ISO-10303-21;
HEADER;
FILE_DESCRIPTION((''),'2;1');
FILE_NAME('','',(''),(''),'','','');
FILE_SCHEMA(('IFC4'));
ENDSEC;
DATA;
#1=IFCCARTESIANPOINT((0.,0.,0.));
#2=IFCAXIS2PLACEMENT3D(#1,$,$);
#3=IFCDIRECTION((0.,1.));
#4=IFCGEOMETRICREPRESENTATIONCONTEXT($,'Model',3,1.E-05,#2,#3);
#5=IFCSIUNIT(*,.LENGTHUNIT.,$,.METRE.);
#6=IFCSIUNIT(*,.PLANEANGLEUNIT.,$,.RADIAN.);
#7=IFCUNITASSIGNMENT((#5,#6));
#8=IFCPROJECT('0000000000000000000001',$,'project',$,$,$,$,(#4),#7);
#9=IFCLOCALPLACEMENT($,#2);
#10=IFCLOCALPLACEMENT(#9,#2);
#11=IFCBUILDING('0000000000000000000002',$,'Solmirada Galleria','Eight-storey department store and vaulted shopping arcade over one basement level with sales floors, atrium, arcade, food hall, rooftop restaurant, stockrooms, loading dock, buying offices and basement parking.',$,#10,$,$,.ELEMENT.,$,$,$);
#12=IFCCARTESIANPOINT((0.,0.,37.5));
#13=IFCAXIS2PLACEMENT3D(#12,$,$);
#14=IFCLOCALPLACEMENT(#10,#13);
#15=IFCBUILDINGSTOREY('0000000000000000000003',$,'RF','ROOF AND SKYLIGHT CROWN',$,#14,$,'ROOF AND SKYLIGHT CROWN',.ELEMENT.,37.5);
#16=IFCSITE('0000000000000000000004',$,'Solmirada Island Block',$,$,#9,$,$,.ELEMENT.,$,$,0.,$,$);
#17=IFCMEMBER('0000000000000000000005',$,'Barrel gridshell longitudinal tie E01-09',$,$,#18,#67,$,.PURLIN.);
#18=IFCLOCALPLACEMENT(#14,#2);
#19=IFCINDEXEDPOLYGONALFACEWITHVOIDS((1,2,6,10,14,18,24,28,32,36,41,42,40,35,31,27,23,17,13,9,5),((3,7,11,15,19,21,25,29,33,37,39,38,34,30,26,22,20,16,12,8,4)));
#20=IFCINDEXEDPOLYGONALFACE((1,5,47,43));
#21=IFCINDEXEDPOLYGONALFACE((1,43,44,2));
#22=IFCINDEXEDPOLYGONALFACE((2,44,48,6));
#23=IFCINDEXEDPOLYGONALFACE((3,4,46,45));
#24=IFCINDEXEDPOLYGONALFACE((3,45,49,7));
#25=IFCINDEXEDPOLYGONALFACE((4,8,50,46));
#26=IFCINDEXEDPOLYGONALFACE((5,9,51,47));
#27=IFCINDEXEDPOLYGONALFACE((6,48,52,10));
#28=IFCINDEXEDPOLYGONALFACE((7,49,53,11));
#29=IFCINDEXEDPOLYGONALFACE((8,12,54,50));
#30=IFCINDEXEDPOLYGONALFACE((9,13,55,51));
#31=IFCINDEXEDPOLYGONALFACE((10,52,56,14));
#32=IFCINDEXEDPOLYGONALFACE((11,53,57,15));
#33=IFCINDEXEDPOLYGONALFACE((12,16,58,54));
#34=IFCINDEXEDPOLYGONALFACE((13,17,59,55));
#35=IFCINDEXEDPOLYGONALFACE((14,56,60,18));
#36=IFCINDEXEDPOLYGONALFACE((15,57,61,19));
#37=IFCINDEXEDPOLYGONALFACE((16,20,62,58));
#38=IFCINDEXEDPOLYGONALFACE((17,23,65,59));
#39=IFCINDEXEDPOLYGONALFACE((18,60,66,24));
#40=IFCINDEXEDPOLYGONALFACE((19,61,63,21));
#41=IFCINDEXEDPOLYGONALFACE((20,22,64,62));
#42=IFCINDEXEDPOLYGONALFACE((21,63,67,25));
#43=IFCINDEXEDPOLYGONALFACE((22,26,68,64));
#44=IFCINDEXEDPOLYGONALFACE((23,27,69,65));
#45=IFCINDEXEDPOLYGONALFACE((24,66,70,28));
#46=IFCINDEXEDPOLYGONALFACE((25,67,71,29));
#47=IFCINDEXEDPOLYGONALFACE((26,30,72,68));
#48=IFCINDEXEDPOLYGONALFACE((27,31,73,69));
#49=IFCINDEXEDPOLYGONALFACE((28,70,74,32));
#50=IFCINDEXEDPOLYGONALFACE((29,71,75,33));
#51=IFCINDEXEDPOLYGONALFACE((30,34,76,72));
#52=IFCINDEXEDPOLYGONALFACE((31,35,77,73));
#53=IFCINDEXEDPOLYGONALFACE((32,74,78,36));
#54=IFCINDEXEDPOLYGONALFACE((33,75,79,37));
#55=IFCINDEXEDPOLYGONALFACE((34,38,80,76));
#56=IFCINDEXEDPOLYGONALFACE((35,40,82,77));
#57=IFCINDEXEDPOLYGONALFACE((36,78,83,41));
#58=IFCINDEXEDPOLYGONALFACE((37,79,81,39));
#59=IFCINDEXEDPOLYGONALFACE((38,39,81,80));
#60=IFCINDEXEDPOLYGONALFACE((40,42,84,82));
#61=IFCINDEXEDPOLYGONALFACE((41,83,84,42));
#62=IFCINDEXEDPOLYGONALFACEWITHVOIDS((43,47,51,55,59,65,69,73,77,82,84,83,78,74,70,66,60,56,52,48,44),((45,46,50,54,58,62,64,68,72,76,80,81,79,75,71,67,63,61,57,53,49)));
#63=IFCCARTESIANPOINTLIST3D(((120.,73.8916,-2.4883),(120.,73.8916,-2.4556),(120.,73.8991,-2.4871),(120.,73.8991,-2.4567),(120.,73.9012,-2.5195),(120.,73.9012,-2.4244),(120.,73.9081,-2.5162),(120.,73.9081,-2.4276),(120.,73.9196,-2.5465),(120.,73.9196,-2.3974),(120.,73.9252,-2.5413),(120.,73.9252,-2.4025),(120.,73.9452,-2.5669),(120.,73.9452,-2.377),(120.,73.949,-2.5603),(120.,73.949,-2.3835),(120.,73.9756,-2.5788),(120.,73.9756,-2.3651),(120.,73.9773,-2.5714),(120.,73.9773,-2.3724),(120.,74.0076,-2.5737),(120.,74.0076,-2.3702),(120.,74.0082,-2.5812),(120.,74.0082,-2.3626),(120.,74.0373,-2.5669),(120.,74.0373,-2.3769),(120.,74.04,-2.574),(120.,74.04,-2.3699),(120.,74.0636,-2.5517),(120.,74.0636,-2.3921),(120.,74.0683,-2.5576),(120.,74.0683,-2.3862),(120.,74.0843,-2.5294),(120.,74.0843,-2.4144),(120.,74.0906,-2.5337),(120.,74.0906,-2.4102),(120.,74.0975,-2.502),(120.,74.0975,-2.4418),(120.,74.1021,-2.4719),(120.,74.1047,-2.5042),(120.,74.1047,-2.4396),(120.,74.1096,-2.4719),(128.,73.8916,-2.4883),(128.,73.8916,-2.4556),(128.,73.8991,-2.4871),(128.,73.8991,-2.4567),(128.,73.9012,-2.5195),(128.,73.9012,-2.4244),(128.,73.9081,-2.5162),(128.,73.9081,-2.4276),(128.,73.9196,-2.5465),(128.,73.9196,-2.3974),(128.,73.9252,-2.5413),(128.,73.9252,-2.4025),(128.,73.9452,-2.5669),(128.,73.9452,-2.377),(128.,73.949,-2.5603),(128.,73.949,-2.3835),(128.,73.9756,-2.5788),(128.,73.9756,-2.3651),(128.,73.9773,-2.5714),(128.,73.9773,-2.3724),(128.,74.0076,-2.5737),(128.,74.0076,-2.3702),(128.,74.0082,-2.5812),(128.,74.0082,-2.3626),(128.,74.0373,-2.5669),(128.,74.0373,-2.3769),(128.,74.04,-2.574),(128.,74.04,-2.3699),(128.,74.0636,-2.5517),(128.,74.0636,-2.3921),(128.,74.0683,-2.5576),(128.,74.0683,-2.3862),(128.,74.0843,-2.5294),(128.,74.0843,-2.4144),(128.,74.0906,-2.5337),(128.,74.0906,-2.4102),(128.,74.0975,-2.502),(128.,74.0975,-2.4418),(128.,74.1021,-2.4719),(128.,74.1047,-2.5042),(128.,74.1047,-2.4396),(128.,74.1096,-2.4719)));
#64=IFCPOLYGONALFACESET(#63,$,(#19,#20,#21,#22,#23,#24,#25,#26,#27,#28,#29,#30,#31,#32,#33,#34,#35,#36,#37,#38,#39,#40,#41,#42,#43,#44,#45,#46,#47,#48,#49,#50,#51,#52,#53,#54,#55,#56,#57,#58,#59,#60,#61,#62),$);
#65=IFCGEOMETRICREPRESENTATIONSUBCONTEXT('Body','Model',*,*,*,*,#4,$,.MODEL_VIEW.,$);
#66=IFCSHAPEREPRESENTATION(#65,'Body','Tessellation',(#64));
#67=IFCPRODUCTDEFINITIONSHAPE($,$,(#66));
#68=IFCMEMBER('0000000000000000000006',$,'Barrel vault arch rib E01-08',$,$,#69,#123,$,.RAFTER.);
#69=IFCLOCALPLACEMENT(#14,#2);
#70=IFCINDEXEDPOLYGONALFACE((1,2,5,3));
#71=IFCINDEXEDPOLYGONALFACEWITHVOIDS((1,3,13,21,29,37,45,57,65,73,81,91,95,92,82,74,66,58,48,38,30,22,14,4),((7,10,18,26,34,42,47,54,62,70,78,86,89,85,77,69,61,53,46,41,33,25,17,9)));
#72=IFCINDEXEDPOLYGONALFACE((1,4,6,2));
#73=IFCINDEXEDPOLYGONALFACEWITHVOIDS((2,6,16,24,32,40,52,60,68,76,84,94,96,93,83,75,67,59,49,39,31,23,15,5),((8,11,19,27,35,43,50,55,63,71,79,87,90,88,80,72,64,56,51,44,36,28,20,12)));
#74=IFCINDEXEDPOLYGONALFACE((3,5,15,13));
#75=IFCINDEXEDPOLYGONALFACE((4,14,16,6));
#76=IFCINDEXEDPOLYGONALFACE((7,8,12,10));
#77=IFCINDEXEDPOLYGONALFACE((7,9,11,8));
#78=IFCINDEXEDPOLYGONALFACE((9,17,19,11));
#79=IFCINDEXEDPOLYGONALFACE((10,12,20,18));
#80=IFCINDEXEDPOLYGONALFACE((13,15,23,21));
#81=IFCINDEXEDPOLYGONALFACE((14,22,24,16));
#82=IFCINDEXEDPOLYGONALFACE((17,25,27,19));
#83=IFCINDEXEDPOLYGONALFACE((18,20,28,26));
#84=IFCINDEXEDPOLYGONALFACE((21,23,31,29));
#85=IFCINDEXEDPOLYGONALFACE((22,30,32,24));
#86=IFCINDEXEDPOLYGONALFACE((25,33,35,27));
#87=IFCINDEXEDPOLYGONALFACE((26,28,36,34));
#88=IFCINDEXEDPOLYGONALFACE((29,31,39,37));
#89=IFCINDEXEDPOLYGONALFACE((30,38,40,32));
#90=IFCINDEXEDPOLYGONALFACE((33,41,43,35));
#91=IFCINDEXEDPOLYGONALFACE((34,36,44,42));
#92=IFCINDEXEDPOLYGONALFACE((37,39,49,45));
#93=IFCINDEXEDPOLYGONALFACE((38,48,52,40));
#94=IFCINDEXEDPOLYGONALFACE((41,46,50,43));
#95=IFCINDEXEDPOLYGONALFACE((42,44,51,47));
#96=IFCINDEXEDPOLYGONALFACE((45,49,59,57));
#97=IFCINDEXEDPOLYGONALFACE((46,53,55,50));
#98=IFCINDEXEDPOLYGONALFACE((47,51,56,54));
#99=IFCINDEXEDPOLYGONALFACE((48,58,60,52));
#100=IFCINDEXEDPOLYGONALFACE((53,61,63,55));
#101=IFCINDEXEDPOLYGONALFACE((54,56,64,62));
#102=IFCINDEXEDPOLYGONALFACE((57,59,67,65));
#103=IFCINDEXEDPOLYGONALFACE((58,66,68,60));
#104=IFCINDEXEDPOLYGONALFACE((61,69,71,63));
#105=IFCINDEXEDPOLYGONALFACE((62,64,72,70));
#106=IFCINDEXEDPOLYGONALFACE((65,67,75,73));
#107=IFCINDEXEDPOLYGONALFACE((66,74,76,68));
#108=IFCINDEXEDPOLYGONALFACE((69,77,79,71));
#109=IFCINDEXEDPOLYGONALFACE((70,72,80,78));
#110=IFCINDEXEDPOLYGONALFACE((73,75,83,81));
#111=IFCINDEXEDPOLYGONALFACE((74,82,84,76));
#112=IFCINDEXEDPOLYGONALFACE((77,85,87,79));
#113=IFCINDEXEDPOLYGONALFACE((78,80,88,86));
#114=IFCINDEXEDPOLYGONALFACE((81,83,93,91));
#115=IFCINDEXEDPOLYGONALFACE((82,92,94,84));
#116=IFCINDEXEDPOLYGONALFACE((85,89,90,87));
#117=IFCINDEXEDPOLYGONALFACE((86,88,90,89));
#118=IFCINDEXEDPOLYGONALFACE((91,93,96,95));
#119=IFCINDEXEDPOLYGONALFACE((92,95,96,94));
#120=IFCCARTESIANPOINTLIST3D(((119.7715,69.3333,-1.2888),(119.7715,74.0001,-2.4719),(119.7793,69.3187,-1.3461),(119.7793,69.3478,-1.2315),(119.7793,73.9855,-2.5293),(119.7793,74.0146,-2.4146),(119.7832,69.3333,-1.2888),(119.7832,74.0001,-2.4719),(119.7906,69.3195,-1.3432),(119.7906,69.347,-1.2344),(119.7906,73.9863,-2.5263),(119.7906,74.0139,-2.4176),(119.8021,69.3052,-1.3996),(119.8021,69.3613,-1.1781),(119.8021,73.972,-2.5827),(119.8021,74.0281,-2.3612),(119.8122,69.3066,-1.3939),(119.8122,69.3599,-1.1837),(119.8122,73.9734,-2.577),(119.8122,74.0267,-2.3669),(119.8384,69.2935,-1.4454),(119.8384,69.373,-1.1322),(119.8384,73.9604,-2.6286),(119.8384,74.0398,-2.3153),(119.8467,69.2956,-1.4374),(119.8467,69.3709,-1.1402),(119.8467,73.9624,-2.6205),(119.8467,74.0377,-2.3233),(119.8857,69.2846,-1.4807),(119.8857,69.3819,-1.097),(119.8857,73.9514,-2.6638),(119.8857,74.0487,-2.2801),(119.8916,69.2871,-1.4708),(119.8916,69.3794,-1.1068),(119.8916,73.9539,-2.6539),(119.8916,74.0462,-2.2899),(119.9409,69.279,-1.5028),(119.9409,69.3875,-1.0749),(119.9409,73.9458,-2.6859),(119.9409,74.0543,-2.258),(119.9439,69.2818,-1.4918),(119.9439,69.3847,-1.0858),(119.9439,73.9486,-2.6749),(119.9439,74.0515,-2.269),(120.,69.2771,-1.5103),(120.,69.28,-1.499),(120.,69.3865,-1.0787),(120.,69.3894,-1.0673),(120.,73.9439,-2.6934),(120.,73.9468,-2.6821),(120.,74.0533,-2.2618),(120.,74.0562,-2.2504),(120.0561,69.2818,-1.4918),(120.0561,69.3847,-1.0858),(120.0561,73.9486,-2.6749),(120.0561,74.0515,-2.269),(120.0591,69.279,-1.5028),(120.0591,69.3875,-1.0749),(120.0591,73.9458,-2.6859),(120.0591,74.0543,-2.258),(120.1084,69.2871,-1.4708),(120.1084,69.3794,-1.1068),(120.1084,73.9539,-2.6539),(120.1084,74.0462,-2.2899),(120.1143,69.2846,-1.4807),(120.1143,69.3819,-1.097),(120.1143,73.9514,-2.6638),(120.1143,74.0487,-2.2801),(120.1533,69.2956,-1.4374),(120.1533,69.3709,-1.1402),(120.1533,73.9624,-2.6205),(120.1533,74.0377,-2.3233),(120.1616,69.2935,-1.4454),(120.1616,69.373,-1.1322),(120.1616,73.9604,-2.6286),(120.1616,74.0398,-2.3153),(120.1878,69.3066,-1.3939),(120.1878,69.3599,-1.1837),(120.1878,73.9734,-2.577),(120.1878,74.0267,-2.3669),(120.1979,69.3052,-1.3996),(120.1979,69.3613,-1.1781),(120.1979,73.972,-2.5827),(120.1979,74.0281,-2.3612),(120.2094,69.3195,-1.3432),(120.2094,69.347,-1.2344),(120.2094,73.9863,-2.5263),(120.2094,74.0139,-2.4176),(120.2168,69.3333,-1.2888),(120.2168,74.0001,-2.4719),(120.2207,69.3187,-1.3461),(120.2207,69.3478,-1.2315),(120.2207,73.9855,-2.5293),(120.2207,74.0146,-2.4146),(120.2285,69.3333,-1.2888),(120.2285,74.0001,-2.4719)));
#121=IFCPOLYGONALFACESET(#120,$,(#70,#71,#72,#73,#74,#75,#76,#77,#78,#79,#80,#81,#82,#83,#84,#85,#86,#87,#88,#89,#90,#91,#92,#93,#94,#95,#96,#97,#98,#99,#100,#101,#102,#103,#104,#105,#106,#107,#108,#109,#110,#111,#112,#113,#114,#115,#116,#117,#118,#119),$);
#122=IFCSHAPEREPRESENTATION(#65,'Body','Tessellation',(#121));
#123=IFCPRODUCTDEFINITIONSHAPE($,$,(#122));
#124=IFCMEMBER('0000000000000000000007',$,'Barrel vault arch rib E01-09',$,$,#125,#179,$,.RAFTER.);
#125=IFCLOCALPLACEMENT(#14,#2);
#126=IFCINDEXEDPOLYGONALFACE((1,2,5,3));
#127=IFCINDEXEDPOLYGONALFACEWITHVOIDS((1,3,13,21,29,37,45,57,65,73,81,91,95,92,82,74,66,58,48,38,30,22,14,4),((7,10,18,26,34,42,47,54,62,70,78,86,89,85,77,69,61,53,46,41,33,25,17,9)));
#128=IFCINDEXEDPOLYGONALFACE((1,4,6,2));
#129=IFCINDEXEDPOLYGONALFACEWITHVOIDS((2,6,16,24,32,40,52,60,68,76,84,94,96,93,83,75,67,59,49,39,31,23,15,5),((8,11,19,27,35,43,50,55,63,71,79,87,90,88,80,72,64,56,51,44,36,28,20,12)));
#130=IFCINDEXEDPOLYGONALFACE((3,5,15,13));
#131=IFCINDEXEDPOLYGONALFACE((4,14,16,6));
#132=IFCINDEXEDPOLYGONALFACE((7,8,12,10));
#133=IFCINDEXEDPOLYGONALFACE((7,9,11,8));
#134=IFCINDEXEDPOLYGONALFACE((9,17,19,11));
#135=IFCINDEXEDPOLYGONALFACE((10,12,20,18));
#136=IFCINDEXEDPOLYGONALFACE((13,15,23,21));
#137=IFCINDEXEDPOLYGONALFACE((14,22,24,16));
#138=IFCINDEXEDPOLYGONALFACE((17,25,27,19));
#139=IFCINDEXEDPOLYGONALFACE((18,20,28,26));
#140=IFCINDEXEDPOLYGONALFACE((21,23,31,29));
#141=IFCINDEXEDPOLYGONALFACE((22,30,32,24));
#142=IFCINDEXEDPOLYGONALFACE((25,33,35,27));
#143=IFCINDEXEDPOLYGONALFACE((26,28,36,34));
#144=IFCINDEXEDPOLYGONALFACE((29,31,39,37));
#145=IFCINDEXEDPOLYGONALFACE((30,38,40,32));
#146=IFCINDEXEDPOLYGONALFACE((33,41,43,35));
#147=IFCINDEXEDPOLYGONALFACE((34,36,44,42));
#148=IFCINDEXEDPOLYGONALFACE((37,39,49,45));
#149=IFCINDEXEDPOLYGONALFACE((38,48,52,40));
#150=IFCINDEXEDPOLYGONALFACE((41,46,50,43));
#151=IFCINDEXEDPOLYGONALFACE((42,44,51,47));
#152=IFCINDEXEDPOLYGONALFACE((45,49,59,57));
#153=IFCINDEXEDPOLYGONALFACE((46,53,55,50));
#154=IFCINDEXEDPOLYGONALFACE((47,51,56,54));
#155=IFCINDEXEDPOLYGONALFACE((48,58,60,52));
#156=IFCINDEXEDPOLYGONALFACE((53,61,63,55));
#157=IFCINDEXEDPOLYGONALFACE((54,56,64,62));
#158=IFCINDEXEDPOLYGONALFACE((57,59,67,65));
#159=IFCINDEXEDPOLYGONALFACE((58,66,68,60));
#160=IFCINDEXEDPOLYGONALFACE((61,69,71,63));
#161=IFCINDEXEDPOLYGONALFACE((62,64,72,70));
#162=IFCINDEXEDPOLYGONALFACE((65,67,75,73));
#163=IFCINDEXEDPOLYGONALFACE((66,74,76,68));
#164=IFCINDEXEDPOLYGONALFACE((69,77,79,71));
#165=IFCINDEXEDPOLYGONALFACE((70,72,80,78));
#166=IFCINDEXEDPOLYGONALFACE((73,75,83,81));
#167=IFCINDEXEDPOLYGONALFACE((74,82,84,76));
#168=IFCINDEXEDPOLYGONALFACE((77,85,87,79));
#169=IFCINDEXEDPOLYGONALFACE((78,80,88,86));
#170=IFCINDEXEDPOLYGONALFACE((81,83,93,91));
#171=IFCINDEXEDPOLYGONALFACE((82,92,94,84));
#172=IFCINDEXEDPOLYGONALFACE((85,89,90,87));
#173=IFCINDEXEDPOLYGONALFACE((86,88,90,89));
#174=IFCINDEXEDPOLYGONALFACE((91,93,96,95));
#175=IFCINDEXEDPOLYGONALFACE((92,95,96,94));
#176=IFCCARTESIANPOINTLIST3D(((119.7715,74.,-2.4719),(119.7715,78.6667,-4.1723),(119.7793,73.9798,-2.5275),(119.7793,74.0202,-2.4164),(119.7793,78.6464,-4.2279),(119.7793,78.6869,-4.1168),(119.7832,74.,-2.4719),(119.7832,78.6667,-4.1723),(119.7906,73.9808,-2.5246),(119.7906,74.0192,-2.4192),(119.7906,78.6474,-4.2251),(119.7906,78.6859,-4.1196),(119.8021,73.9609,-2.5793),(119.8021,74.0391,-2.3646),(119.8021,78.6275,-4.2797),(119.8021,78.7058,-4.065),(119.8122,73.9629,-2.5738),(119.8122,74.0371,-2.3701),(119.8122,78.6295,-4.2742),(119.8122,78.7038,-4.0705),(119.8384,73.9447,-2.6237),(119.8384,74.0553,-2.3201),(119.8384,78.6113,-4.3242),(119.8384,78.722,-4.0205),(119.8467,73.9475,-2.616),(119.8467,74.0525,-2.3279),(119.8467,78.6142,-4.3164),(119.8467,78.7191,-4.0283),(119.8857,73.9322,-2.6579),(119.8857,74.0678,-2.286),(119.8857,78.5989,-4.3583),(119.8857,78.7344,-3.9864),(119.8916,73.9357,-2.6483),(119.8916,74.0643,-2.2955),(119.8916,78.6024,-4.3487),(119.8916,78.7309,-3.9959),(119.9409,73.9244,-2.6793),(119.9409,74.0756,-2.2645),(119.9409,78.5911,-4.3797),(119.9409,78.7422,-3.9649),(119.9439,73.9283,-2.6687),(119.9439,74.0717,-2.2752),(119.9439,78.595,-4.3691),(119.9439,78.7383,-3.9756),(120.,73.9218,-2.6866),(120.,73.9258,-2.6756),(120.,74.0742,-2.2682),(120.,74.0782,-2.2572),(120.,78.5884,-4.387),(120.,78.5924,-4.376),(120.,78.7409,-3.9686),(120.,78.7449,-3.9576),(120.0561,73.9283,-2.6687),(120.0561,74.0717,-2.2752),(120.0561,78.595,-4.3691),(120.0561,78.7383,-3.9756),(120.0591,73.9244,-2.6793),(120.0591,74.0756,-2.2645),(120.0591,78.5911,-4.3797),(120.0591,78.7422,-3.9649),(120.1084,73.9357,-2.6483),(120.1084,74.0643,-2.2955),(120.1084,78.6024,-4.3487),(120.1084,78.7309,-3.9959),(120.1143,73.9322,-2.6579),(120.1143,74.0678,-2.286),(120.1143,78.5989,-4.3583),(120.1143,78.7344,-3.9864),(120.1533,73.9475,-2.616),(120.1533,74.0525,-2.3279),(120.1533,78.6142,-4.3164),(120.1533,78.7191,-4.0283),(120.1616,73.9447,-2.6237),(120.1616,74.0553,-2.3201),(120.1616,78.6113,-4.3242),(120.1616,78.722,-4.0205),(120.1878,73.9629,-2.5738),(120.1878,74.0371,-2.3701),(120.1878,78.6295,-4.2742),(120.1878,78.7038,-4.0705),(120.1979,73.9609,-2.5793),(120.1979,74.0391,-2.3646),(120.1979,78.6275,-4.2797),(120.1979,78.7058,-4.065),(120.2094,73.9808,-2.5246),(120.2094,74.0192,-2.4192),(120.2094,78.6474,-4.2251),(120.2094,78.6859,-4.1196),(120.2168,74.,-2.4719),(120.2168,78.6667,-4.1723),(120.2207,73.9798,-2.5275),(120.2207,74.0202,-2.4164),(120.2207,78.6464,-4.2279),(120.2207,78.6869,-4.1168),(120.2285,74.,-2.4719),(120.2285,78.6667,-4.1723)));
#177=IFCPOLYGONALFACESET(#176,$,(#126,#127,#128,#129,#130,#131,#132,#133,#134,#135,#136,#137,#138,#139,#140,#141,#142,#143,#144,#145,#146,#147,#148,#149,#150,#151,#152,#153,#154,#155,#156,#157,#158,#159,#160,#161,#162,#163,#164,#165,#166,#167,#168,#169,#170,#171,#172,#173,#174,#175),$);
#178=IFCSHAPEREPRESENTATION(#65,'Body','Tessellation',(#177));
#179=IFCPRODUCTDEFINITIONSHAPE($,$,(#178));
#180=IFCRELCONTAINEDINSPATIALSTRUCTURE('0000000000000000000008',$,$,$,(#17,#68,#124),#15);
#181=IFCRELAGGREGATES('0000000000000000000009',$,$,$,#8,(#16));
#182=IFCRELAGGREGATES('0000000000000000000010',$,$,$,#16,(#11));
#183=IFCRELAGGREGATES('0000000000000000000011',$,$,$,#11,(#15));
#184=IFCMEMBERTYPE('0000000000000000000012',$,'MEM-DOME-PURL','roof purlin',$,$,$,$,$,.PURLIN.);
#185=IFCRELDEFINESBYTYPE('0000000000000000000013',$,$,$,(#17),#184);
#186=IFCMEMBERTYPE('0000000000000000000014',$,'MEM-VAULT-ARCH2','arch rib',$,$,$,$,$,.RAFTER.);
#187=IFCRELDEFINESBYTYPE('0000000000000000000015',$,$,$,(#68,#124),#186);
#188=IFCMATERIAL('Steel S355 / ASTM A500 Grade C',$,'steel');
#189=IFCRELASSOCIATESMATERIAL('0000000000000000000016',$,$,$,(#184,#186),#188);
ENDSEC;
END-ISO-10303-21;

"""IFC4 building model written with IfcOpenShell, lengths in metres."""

from ifc_helpers import new_model, si_unit, direction, frame, origin, origin_2d, place, context, subcontext, project, spatial, hollow_circle, extrude, material, material_profile, profile_set, type_object, element, save


model = new_model("IFC4")

# Units and contexts
model_context = context("Model", 3, precision=1e-05, world=origin(), true_north=direction((0.0, 1.0)))
body_context = subcontext(model_context, "Body", "Model", "MODEL_VIEW")
ifc_project = project(units=[si_unit("LENGTHUNIT", "METRE"), si_unit("PLANEANGLEUNIT", "RADIAN")], contexts=[model_context])

# Site, building, storey
site_placement = place(None, origin())
site = spatial("IfcSite", under=ifc_project, at=site_placement, Name="Solmirada Island Block", CompositionType="ELEMENT", RefElevation=0.0)
building_placement = place(site_placement, origin())
building = spatial("IfcBuilding", under=site, at=building_placement, Name="Solmirada Galleria", Description="Eight-storey department store and vaulted shopping arcade over one basement level with sales floors, atrium, arcade, food hall, rooftop restaurant, stockrooms, loading dock, buying offices and basement parking.", CompositionType="ELEMENT")
storey_placement = place(building_placement, frame((0.0, 0.0, 37.5)))
storey = spatial("IfcBuildingStorey", under=building, at=storey_placement, Name="RF", Description="ROOF AND SKYLIGHT CROWN", LongName="ROOF AND SKYLIGHT CROWN", CompositionType="ELEMENT", Elevation=37.5)

# Members
ifc_material_1 = material(Name="Steel S355 / ASTM A500 Grade C", Category="steel")
ifc_material_profile_1 = material_profile(ifc_material_1, hollow_circle(Radius=0.1096, WallThickness=0.0076, at=origin_2d()), Name="HSS8.625X0.322")
ifc_profile_set_1 = profile_set([ifc_material_profile_1], Name="Steel S355 / ASTM A500 Grade C")
member_type_1 = type_object("IfcMemberType", Name="MEM-DOME-PURL", Description="roof purlin", PredefinedType="PURLIN", material=ifc_profile_set_1)
member_1_placement = place(storey_placement, frame((120.0, 74.0, -2.4719), z_axis=(1.0, 0.0, 0.0), x_axis=(0.0, 1.0, 0.0)))
element("IfcMember", 1, at=member_1_placement, inside=storey, type_object=member_type_1, Name="Barrel gridshell longitudinal tie E01-09", PredefinedType="PURLIN", context=body_context, shape_type="SweptSolid", body=[
    extrude(hollow_circle(Radius=0.1096, WallThickness=0.0076, at=origin_2d()), origin(), (0.0, 0.0, 1.0), 8.0),
])
ifc_material_profile_2 = material_profile(ifc_material_1, hollow_circle(Radius=0.2285, WallThickness=0.0117, at=origin_2d()), Name="HSS18.000X0.500")
ifc_profile_set_2 = profile_set([ifc_material_profile_2], Name="Steel S355 / ASTM A500 Grade C")
member_type_2 = type_object("IfcMemberType", Name="MEM-VAULT-ARCH2", Description="arch rib", PredefinedType="RAFTER", material=ifc_profile_set_2)
member_2_placement = place(storey_placement, frame((120.0, 69.3333, -1.2888), z_axis=(0.0, 0.969335, -0.245744), x_axis=(-1.0, 0.0, 0.0)))
element("IfcMember", 2, at=member_2_placement, inside=storey, type_object=member_type_2, Name="Barrel vault arch rib E01-08", PredefinedType="RAFTER", context=body_context, shape_type="SweptSolid", body=[
    extrude(hollow_circle(Radius=0.2285, WallThickness=0.0117, at=origin_2d()), origin(), (0.0, 0.0, 1.0), 4.8145),
])
member_3_placement = place(storey_placement, frame((120.0, 74.0, -2.4719), z_axis=(0.0, 0.939571, -0.342355), x_axis=(-1.0, 0.0, 0.0)))
element("IfcMember", 3, at=member_3_placement, inside=storey, type_object=member_type_2, Name="Barrel vault arch rib E01-09", PredefinedType="RAFTER", context=body_context, shape_type="SweptSolid", body=[
    extrude(hollow_circle(Radius=0.2285, WallThickness=0.0117, at=origin_2d()), origin(), (0.0, 0.0, 1.0), 4.9668),
])

save(model, "model.ifc")
